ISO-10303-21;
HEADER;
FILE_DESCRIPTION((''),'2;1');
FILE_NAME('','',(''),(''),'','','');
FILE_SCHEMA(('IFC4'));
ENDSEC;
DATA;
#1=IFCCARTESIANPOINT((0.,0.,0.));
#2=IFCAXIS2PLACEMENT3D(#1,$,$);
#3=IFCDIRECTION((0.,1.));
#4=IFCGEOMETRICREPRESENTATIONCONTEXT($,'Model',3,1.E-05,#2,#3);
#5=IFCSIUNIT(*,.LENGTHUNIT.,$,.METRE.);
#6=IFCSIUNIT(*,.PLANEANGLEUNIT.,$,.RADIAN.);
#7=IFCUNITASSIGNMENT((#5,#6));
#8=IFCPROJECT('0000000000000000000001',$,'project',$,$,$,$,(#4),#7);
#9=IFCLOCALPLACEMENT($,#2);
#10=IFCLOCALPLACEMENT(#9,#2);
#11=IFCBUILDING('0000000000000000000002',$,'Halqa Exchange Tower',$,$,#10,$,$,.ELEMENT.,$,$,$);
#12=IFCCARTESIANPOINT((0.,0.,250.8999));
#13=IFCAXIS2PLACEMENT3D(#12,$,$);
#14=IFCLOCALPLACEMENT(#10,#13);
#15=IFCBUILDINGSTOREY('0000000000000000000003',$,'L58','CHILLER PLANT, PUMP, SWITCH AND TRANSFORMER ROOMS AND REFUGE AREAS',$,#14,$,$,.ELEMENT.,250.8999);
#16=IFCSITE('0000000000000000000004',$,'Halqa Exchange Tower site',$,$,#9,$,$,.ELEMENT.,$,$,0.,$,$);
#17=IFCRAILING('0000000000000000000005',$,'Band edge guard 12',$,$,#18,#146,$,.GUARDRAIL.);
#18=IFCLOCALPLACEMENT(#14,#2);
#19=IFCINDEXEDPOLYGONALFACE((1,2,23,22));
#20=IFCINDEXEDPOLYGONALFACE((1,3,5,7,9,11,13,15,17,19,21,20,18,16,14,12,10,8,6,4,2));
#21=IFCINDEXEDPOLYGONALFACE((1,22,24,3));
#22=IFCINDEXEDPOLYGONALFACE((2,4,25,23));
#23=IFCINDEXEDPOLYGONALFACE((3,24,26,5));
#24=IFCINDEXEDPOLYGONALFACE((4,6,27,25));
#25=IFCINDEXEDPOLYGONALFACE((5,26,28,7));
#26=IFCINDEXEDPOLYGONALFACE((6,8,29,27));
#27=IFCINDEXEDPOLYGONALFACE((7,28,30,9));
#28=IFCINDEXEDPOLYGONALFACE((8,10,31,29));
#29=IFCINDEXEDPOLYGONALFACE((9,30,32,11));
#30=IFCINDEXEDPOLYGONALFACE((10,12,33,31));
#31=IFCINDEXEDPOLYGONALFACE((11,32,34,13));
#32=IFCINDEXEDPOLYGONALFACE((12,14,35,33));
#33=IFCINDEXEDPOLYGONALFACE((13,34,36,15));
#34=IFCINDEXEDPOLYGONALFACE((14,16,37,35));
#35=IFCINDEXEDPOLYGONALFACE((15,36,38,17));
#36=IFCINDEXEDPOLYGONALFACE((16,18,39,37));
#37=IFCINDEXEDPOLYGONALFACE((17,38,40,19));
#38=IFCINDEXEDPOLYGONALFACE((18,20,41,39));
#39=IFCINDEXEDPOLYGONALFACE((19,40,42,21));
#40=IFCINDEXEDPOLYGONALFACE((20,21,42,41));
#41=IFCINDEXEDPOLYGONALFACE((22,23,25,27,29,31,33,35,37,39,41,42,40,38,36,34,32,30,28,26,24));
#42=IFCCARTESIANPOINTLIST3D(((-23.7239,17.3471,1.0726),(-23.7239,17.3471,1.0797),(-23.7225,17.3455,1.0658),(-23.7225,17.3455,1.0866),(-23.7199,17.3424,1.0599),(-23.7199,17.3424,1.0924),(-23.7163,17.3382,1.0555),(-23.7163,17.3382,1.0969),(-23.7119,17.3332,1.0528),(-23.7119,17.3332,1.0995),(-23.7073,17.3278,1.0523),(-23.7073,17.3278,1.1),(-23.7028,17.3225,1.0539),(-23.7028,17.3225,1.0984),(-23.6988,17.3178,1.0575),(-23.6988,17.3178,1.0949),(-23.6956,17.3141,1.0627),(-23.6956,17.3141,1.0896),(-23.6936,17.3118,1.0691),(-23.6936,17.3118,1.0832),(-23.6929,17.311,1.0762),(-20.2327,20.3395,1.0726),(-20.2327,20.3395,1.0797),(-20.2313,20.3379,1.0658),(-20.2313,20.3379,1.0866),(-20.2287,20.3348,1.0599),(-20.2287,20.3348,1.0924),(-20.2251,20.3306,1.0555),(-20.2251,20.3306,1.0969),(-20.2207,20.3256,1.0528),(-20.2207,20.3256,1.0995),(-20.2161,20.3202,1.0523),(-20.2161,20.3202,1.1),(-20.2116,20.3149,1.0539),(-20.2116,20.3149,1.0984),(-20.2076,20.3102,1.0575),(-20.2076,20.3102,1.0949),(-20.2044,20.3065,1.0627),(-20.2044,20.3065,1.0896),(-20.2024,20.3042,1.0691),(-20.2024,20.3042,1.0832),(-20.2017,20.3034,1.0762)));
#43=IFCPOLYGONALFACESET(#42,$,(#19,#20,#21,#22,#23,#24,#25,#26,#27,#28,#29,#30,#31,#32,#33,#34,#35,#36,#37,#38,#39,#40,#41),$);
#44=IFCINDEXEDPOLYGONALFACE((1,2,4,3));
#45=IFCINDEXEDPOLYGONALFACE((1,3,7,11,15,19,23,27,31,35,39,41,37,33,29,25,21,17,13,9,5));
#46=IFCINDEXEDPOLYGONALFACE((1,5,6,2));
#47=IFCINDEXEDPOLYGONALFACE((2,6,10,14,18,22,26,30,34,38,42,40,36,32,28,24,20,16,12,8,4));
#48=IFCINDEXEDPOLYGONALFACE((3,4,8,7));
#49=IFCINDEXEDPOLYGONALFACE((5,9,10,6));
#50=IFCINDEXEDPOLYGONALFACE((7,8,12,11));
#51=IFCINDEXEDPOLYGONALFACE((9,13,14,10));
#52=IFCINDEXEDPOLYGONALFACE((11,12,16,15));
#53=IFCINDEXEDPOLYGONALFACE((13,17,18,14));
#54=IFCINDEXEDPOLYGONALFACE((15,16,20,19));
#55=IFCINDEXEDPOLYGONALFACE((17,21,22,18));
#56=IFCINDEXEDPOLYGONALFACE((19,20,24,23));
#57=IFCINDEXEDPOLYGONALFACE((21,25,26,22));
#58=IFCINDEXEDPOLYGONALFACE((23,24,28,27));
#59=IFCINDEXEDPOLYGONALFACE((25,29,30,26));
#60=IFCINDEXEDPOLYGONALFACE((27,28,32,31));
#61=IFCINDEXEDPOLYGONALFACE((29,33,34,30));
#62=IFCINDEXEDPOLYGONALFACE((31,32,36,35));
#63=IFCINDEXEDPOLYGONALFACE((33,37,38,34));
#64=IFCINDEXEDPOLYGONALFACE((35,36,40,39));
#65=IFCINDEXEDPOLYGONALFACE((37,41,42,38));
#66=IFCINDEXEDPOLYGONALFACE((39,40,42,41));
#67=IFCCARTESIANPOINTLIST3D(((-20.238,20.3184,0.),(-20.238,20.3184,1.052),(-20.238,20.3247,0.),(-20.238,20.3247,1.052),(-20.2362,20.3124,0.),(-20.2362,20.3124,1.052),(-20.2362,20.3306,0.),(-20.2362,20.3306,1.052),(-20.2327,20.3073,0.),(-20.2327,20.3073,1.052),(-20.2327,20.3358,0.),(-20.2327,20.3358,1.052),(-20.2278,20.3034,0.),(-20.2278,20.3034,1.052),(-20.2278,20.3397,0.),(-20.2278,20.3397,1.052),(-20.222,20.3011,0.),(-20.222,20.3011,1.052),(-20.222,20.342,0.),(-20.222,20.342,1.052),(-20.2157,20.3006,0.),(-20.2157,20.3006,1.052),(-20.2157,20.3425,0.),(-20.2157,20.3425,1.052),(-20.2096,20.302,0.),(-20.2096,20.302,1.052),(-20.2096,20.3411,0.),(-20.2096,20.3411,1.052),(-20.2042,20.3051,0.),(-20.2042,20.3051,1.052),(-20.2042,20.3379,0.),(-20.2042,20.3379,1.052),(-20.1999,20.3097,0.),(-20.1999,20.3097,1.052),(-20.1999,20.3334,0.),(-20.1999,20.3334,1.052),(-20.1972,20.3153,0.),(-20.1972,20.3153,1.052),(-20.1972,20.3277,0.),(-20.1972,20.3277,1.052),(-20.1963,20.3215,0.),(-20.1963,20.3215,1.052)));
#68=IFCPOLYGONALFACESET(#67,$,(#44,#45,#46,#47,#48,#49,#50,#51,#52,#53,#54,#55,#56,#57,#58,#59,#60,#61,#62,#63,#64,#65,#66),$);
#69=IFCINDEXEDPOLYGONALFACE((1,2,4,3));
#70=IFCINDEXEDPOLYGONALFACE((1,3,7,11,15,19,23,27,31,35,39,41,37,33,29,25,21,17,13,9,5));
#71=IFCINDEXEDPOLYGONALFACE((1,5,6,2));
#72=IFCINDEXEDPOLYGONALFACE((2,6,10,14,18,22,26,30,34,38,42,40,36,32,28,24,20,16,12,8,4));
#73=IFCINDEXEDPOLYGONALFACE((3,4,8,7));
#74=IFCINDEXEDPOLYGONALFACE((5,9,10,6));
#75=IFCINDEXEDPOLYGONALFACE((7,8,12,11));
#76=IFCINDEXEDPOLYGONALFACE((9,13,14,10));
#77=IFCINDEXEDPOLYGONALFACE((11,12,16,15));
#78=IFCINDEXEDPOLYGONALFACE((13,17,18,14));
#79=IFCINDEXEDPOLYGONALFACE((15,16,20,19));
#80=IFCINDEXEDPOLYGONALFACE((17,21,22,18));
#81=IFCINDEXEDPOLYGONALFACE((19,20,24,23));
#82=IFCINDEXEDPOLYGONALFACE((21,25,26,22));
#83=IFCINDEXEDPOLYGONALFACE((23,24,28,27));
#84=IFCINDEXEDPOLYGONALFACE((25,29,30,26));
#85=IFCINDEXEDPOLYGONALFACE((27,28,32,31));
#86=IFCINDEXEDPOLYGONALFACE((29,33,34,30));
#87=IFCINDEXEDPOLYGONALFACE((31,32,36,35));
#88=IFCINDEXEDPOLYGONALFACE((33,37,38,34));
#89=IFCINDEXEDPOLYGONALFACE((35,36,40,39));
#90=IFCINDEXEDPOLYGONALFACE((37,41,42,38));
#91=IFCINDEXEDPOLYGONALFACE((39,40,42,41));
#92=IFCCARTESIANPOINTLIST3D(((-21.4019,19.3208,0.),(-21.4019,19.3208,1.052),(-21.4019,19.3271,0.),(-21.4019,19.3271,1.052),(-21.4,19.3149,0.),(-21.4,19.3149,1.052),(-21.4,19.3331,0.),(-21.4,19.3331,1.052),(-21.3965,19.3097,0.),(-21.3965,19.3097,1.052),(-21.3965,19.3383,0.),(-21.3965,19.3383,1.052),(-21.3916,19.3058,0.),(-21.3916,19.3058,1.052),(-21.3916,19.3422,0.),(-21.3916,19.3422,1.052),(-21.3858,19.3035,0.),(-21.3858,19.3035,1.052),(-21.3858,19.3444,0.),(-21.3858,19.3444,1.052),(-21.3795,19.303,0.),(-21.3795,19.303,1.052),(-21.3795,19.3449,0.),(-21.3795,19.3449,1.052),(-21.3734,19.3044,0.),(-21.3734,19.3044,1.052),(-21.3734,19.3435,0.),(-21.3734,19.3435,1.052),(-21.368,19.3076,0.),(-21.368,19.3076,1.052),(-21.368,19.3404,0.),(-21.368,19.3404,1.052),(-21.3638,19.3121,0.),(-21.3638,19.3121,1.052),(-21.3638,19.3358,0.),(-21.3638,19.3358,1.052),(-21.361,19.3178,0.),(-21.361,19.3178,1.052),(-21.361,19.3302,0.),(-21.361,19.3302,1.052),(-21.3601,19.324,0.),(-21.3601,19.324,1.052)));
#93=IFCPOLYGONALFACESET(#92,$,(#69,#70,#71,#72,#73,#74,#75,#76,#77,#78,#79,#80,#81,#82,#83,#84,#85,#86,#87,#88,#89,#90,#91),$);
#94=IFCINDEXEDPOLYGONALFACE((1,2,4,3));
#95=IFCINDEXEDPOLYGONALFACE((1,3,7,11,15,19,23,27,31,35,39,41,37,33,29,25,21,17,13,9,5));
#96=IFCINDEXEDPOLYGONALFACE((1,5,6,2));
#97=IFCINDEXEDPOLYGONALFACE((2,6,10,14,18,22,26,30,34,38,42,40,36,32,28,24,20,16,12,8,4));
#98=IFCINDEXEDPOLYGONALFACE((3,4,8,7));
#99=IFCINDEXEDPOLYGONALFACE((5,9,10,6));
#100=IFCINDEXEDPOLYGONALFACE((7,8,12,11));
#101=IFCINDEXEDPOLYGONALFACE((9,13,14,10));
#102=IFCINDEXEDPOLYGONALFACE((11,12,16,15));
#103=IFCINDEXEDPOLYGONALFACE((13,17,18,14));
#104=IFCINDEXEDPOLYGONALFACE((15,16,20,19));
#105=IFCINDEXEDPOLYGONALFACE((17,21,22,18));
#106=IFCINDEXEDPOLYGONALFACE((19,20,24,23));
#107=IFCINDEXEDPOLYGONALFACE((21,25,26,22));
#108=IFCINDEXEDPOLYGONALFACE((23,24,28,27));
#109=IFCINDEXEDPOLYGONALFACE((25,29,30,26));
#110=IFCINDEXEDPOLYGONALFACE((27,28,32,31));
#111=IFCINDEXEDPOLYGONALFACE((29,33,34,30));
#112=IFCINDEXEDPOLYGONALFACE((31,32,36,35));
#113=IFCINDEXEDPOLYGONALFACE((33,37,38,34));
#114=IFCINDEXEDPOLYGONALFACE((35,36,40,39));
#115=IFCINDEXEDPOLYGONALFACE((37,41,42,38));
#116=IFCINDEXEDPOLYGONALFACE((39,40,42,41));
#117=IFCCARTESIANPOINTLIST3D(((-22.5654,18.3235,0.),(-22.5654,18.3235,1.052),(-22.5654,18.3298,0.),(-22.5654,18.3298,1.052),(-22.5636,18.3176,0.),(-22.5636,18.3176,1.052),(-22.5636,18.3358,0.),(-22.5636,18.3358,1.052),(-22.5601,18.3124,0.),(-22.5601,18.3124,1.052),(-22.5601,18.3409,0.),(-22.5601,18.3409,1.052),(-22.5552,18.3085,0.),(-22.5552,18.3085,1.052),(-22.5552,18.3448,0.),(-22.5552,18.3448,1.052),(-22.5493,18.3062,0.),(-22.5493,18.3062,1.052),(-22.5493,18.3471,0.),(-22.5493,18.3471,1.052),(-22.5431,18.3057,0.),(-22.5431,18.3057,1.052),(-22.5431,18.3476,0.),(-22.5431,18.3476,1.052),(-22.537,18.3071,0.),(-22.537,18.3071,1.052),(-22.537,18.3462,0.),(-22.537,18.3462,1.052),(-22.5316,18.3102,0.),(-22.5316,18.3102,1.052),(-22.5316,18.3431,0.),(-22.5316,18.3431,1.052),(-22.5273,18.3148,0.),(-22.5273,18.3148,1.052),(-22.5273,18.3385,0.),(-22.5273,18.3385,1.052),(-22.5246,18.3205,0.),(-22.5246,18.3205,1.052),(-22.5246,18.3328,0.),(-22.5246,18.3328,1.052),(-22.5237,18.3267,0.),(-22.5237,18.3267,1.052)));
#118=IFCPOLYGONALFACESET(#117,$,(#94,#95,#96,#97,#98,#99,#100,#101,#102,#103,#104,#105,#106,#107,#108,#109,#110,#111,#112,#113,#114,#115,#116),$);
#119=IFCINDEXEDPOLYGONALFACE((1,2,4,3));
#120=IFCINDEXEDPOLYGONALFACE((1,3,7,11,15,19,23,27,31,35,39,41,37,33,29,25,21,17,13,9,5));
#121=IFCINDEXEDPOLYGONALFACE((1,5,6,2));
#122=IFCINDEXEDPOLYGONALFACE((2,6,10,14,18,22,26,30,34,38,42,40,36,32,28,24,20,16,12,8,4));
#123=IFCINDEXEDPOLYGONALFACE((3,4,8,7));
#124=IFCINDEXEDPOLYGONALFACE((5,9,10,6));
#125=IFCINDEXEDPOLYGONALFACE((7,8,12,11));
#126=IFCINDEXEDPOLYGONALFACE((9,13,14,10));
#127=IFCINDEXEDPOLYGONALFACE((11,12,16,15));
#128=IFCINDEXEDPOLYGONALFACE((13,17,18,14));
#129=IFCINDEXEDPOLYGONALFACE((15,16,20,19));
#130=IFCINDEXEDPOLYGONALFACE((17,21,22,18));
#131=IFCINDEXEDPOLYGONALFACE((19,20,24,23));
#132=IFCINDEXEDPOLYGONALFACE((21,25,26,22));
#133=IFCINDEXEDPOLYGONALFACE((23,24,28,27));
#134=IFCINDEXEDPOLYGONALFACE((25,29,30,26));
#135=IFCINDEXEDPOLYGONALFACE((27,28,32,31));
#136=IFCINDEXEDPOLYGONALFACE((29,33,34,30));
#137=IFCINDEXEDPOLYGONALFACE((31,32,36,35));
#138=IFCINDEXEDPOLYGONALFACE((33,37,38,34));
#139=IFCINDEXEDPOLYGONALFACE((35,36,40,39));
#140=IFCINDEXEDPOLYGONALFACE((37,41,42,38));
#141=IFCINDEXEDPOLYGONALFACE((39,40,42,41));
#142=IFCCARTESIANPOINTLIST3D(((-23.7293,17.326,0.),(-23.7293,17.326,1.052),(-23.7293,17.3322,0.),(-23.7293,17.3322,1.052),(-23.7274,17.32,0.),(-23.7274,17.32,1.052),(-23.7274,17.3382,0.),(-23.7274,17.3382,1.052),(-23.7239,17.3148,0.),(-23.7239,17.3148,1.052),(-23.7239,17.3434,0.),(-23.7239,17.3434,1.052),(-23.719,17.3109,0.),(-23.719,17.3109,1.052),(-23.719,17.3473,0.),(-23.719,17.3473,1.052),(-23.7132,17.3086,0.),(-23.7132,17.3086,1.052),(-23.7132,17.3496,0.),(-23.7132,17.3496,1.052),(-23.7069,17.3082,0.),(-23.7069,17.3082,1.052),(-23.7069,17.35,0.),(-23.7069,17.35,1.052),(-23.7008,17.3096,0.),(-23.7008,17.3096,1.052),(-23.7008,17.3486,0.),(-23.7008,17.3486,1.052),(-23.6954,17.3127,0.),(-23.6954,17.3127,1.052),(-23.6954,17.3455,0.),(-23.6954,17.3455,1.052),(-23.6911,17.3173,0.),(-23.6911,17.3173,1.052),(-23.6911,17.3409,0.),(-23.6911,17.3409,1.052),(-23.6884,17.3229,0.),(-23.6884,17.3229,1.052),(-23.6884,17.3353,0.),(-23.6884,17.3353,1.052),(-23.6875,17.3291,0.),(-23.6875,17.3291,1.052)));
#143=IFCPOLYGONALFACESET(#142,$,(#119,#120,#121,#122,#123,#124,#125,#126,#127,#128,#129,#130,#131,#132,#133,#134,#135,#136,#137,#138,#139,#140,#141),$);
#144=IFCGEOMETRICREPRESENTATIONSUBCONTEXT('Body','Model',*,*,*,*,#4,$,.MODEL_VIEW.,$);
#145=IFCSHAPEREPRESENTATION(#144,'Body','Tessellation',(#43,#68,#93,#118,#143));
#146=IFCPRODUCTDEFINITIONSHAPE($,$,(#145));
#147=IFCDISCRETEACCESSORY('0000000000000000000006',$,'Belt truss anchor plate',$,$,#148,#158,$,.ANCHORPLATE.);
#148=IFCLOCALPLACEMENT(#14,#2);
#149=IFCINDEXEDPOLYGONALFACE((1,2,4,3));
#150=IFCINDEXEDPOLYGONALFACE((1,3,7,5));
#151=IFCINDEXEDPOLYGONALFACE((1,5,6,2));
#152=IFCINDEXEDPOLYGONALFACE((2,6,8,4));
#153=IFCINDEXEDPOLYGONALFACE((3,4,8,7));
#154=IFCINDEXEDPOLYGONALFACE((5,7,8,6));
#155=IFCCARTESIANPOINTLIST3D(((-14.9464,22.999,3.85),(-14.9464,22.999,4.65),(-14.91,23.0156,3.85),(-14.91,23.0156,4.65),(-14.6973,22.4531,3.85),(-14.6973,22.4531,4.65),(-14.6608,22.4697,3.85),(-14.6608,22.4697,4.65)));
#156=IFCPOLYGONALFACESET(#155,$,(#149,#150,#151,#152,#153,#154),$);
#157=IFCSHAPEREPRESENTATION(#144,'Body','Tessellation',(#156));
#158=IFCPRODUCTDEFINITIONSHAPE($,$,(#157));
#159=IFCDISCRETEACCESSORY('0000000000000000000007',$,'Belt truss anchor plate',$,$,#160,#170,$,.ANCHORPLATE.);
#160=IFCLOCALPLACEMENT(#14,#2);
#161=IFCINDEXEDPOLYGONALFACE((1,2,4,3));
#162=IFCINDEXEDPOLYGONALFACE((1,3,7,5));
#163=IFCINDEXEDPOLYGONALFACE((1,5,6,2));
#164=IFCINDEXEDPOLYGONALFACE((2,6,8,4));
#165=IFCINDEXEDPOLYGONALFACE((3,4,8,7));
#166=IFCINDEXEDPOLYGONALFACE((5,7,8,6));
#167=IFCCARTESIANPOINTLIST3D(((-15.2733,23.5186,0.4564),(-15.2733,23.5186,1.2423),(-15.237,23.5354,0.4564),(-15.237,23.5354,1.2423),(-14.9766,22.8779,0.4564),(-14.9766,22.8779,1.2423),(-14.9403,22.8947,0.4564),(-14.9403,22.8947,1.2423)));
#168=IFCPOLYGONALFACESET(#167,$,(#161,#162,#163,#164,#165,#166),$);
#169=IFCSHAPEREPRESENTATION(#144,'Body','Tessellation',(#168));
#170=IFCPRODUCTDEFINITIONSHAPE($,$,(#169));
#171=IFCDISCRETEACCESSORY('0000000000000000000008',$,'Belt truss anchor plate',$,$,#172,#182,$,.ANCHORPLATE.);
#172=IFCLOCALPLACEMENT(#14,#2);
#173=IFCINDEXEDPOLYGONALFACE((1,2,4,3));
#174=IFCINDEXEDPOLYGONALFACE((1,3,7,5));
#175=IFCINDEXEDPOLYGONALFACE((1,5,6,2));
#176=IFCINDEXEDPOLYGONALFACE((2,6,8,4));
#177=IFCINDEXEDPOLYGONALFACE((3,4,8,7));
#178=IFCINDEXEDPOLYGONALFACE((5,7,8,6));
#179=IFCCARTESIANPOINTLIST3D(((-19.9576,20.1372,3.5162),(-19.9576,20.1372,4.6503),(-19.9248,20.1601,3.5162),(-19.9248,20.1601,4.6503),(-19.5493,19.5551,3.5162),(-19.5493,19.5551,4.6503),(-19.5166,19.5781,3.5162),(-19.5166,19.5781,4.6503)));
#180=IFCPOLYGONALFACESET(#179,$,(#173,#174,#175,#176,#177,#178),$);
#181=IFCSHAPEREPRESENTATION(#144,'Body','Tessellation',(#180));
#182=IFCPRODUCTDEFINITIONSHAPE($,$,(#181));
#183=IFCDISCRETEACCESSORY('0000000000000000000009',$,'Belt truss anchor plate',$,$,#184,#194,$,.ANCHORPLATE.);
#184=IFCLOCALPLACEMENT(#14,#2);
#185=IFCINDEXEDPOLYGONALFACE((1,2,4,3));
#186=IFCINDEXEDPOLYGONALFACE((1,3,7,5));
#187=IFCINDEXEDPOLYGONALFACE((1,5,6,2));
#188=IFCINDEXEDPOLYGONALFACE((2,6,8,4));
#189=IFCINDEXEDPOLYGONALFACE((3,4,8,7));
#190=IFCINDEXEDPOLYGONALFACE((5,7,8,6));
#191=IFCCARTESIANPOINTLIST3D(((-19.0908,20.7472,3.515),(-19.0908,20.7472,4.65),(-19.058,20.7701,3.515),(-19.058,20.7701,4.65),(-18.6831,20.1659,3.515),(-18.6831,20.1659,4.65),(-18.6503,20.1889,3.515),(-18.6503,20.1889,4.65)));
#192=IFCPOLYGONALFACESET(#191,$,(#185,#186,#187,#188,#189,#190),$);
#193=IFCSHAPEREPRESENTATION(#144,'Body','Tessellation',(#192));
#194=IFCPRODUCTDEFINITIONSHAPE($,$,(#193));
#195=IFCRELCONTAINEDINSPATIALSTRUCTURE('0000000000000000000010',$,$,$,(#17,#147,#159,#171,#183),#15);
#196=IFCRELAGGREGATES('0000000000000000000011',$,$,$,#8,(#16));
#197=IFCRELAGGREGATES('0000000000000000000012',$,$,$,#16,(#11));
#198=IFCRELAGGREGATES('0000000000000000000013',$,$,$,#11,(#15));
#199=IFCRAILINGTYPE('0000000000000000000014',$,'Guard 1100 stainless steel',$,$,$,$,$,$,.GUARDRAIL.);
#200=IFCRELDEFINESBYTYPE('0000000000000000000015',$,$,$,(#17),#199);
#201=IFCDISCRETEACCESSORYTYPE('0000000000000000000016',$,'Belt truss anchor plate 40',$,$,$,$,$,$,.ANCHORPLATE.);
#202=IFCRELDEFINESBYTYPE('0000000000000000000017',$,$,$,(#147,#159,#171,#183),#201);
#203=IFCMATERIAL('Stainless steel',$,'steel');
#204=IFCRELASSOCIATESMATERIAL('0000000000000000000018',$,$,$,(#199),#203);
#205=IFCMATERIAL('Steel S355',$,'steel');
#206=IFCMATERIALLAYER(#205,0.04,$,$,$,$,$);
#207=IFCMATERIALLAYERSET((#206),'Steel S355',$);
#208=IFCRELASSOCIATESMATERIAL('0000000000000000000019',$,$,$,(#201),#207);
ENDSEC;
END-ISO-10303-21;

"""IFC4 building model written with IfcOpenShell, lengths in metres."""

from ifc_helpers import new_model, si_unit, direction, frame, origin, origin_2d, place, context, subcontext, project, spatial, rectangle, circle, extrude, material, layer, layer_set, type_object, element, save


model = new_model("IFC4")

# Units and contexts
model_context = context("Model", 3, precision=1e-05, world=origin(), true_north=direction((0.0, 1.0)))
body_context = subcontext(model_context, "Body", "Model", "MODEL_VIEW")
ifc_project = project(units=[si_unit("LENGTHUNIT", "METRE"), si_unit("PLANEANGLEUNIT", "RADIAN")], contexts=[model_context])

# Site, building, storey
site_placement = place(None, origin())
site = spatial("IfcSite", under=ifc_project, at=site_placement, Name="Halqa Exchange Tower site", CompositionType="ELEMENT", RefElevation=0.0)
building_placement = place(site_placement, origin())
building = spatial("IfcBuilding", under=site, at=building_placement, Name="Halqa Exchange Tower", CompositionType="ELEMENT")
storey_placement = place(building_placement, frame((0.0, 0.0, 250.8999)))
storey = spatial("IfcBuildingStorey", under=building, at=storey_placement, Name="L58", Description="CHILLER PLANT, PUMP, SWITCH AND TRANSFORMER ROOMS AND REFUGE AREAS", CompositionType="ELEMENT", Elevation=250.8999)

# Shared definitions
ifc_material_1 = material(Name="Steel S355", Category="steel")

# Railing
ifc_material_2 = material(Name="Stainless steel", Category="steel")
railing_type = type_object("IfcRailingType", Name="Guard 1100 stainless steel", PredefinedType="GUARDRAIL", material=ifc_material_2)
railing_1_placement = place(storey_placement, frame((-20.2173, 20.3215, 0.0)))
element("IfcRailing", 1, at=railing_1_placement, inside=storey, type_object=railing_type, Name="Band edge guard 12", PredefinedType="GUARDRAIL", context=body_context, shape_type="SweptSolid", body=[
    extrude(circle(Radius=0.0239, at=origin_2d()), frame((0.0, 0.0, 1.0762), z_axis=(-0.75926, -0.650787, 0.0), x_axis=(0.650787, -0.75926, 0.0)), (0.0, 0.0, 1.0), 4.5981),
    extrude(circle(Radius=0.021, at=origin_2d()), origin(), (0.0, 0.0, 1.0), 1.052),
    extrude(circle(Radius=0.021, at=origin_2d()), frame((-1.1638, -0.9976, 0.0)), (0.0, 0.0, 1.0), 1.052),
    extrude(circle(Radius=0.021, at=origin_2d()), frame((-2.3274, -1.9949, 0.0)), (0.0, 0.0, 1.0), 1.052),
    extrude(circle(Radius=0.021, at=origin_2d()), frame((-3.4912, -2.9924, 0.0)), (0.0, 0.0, 1.0), 1.052),
])

# Discrete accessories
ifc_layer_1 = layer(ifc_material_1, 0.04)
ifc_layer_set_1 = layer_set([ifc_layer_1], Name="Steel S355")
discrete_accessory_type = type_object("IfcDiscreteAccessoryType", Name="Belt truss anchor plate 40", PredefinedType="ANCHORPLATE", material=ifc_layer_set_1)
discrete_accessory_1_placement = place(storey_placement, frame((-14.7854, 22.7427, 4.25), z_axis=(-0.909738, -0.415183, 0.0), x_axis=(0.415183, -0.909738, 0.0)))
element("IfcDiscreteAccessory", 2, at=discrete_accessory_1_placement, inside=storey, type_object=discrete_accessory_type, Name="Belt truss anchor plate", PredefinedType="ANCHORPLATE", context=body_context, shape_type="SweptSolid", body=[
    extrude(rectangle(XDim=0.6001, YDim=0.8, at=origin_2d()), origin(), (0.0, 0.0, 1.0), 0.04),
])
discrete_accessory_2_placement = place(storey_placement, frame((-15.0886, 23.2151, 0.8494), z_axis=(-0.907424, -0.420216, 0.0), x_axis=(0.420216, -0.907424, 0.0)))
element("IfcDiscreteAccessory", 3, at=discrete_accessory_2_placement, inside=storey, type_object=discrete_accessory_type, Name="Belt truss anchor plate", PredefinedType="ANCHORPLATE", context=body_context, shape_type="SweptSolid", body=[
    extrude(rectangle(XDim=0.7061, YDim=0.7859, at=origin_2d()), origin(), (0.0, 0.0, 1.0), 0.04),
])
discrete_accessory_3_placement = place(storey_placement, frame((-19.7207, 19.8691, 4.0833), z_axis=(-0.818657, -0.574282, 0.0), x_axis=(0.574282, -0.818657, 0.0)))
element("IfcDiscreteAccessory", 4, at=discrete_accessory_3_placement, inside=storey, type_object=discrete_accessory_type, Name="Belt truss anchor plate", PredefinedType="ANCHORPLATE", context=body_context, shape_type="SweptSolid", body=[
    extrude(rectangle(XDim=0.7109, YDim=1.134, at=origin_2d()), origin(), (0.0, 0.0, 1.0), 0.04),
])
discrete_accessory_4_placement = place(storey_placement, frame((-18.887, 20.4565, 4.0825), z_axis=(0.818657, 0.574282, 0.0), x_axis=(-0.574282, 0.818657, 0.0)))
element("IfcDiscreteAccessory", 5, at=discrete_accessory_4_placement, inside=storey, type_object=discrete_accessory_type, Name="Belt truss anchor plate", PredefinedType="ANCHORPLATE", context=body_context, shape_type="SweptSolid", body=[
    extrude(rectangle(XDim=0.71, YDim=1.135, at=origin_2d()), origin(), (0.0, 0.0, 1.0), 0.04),
])

save(model, "model.ifc")
